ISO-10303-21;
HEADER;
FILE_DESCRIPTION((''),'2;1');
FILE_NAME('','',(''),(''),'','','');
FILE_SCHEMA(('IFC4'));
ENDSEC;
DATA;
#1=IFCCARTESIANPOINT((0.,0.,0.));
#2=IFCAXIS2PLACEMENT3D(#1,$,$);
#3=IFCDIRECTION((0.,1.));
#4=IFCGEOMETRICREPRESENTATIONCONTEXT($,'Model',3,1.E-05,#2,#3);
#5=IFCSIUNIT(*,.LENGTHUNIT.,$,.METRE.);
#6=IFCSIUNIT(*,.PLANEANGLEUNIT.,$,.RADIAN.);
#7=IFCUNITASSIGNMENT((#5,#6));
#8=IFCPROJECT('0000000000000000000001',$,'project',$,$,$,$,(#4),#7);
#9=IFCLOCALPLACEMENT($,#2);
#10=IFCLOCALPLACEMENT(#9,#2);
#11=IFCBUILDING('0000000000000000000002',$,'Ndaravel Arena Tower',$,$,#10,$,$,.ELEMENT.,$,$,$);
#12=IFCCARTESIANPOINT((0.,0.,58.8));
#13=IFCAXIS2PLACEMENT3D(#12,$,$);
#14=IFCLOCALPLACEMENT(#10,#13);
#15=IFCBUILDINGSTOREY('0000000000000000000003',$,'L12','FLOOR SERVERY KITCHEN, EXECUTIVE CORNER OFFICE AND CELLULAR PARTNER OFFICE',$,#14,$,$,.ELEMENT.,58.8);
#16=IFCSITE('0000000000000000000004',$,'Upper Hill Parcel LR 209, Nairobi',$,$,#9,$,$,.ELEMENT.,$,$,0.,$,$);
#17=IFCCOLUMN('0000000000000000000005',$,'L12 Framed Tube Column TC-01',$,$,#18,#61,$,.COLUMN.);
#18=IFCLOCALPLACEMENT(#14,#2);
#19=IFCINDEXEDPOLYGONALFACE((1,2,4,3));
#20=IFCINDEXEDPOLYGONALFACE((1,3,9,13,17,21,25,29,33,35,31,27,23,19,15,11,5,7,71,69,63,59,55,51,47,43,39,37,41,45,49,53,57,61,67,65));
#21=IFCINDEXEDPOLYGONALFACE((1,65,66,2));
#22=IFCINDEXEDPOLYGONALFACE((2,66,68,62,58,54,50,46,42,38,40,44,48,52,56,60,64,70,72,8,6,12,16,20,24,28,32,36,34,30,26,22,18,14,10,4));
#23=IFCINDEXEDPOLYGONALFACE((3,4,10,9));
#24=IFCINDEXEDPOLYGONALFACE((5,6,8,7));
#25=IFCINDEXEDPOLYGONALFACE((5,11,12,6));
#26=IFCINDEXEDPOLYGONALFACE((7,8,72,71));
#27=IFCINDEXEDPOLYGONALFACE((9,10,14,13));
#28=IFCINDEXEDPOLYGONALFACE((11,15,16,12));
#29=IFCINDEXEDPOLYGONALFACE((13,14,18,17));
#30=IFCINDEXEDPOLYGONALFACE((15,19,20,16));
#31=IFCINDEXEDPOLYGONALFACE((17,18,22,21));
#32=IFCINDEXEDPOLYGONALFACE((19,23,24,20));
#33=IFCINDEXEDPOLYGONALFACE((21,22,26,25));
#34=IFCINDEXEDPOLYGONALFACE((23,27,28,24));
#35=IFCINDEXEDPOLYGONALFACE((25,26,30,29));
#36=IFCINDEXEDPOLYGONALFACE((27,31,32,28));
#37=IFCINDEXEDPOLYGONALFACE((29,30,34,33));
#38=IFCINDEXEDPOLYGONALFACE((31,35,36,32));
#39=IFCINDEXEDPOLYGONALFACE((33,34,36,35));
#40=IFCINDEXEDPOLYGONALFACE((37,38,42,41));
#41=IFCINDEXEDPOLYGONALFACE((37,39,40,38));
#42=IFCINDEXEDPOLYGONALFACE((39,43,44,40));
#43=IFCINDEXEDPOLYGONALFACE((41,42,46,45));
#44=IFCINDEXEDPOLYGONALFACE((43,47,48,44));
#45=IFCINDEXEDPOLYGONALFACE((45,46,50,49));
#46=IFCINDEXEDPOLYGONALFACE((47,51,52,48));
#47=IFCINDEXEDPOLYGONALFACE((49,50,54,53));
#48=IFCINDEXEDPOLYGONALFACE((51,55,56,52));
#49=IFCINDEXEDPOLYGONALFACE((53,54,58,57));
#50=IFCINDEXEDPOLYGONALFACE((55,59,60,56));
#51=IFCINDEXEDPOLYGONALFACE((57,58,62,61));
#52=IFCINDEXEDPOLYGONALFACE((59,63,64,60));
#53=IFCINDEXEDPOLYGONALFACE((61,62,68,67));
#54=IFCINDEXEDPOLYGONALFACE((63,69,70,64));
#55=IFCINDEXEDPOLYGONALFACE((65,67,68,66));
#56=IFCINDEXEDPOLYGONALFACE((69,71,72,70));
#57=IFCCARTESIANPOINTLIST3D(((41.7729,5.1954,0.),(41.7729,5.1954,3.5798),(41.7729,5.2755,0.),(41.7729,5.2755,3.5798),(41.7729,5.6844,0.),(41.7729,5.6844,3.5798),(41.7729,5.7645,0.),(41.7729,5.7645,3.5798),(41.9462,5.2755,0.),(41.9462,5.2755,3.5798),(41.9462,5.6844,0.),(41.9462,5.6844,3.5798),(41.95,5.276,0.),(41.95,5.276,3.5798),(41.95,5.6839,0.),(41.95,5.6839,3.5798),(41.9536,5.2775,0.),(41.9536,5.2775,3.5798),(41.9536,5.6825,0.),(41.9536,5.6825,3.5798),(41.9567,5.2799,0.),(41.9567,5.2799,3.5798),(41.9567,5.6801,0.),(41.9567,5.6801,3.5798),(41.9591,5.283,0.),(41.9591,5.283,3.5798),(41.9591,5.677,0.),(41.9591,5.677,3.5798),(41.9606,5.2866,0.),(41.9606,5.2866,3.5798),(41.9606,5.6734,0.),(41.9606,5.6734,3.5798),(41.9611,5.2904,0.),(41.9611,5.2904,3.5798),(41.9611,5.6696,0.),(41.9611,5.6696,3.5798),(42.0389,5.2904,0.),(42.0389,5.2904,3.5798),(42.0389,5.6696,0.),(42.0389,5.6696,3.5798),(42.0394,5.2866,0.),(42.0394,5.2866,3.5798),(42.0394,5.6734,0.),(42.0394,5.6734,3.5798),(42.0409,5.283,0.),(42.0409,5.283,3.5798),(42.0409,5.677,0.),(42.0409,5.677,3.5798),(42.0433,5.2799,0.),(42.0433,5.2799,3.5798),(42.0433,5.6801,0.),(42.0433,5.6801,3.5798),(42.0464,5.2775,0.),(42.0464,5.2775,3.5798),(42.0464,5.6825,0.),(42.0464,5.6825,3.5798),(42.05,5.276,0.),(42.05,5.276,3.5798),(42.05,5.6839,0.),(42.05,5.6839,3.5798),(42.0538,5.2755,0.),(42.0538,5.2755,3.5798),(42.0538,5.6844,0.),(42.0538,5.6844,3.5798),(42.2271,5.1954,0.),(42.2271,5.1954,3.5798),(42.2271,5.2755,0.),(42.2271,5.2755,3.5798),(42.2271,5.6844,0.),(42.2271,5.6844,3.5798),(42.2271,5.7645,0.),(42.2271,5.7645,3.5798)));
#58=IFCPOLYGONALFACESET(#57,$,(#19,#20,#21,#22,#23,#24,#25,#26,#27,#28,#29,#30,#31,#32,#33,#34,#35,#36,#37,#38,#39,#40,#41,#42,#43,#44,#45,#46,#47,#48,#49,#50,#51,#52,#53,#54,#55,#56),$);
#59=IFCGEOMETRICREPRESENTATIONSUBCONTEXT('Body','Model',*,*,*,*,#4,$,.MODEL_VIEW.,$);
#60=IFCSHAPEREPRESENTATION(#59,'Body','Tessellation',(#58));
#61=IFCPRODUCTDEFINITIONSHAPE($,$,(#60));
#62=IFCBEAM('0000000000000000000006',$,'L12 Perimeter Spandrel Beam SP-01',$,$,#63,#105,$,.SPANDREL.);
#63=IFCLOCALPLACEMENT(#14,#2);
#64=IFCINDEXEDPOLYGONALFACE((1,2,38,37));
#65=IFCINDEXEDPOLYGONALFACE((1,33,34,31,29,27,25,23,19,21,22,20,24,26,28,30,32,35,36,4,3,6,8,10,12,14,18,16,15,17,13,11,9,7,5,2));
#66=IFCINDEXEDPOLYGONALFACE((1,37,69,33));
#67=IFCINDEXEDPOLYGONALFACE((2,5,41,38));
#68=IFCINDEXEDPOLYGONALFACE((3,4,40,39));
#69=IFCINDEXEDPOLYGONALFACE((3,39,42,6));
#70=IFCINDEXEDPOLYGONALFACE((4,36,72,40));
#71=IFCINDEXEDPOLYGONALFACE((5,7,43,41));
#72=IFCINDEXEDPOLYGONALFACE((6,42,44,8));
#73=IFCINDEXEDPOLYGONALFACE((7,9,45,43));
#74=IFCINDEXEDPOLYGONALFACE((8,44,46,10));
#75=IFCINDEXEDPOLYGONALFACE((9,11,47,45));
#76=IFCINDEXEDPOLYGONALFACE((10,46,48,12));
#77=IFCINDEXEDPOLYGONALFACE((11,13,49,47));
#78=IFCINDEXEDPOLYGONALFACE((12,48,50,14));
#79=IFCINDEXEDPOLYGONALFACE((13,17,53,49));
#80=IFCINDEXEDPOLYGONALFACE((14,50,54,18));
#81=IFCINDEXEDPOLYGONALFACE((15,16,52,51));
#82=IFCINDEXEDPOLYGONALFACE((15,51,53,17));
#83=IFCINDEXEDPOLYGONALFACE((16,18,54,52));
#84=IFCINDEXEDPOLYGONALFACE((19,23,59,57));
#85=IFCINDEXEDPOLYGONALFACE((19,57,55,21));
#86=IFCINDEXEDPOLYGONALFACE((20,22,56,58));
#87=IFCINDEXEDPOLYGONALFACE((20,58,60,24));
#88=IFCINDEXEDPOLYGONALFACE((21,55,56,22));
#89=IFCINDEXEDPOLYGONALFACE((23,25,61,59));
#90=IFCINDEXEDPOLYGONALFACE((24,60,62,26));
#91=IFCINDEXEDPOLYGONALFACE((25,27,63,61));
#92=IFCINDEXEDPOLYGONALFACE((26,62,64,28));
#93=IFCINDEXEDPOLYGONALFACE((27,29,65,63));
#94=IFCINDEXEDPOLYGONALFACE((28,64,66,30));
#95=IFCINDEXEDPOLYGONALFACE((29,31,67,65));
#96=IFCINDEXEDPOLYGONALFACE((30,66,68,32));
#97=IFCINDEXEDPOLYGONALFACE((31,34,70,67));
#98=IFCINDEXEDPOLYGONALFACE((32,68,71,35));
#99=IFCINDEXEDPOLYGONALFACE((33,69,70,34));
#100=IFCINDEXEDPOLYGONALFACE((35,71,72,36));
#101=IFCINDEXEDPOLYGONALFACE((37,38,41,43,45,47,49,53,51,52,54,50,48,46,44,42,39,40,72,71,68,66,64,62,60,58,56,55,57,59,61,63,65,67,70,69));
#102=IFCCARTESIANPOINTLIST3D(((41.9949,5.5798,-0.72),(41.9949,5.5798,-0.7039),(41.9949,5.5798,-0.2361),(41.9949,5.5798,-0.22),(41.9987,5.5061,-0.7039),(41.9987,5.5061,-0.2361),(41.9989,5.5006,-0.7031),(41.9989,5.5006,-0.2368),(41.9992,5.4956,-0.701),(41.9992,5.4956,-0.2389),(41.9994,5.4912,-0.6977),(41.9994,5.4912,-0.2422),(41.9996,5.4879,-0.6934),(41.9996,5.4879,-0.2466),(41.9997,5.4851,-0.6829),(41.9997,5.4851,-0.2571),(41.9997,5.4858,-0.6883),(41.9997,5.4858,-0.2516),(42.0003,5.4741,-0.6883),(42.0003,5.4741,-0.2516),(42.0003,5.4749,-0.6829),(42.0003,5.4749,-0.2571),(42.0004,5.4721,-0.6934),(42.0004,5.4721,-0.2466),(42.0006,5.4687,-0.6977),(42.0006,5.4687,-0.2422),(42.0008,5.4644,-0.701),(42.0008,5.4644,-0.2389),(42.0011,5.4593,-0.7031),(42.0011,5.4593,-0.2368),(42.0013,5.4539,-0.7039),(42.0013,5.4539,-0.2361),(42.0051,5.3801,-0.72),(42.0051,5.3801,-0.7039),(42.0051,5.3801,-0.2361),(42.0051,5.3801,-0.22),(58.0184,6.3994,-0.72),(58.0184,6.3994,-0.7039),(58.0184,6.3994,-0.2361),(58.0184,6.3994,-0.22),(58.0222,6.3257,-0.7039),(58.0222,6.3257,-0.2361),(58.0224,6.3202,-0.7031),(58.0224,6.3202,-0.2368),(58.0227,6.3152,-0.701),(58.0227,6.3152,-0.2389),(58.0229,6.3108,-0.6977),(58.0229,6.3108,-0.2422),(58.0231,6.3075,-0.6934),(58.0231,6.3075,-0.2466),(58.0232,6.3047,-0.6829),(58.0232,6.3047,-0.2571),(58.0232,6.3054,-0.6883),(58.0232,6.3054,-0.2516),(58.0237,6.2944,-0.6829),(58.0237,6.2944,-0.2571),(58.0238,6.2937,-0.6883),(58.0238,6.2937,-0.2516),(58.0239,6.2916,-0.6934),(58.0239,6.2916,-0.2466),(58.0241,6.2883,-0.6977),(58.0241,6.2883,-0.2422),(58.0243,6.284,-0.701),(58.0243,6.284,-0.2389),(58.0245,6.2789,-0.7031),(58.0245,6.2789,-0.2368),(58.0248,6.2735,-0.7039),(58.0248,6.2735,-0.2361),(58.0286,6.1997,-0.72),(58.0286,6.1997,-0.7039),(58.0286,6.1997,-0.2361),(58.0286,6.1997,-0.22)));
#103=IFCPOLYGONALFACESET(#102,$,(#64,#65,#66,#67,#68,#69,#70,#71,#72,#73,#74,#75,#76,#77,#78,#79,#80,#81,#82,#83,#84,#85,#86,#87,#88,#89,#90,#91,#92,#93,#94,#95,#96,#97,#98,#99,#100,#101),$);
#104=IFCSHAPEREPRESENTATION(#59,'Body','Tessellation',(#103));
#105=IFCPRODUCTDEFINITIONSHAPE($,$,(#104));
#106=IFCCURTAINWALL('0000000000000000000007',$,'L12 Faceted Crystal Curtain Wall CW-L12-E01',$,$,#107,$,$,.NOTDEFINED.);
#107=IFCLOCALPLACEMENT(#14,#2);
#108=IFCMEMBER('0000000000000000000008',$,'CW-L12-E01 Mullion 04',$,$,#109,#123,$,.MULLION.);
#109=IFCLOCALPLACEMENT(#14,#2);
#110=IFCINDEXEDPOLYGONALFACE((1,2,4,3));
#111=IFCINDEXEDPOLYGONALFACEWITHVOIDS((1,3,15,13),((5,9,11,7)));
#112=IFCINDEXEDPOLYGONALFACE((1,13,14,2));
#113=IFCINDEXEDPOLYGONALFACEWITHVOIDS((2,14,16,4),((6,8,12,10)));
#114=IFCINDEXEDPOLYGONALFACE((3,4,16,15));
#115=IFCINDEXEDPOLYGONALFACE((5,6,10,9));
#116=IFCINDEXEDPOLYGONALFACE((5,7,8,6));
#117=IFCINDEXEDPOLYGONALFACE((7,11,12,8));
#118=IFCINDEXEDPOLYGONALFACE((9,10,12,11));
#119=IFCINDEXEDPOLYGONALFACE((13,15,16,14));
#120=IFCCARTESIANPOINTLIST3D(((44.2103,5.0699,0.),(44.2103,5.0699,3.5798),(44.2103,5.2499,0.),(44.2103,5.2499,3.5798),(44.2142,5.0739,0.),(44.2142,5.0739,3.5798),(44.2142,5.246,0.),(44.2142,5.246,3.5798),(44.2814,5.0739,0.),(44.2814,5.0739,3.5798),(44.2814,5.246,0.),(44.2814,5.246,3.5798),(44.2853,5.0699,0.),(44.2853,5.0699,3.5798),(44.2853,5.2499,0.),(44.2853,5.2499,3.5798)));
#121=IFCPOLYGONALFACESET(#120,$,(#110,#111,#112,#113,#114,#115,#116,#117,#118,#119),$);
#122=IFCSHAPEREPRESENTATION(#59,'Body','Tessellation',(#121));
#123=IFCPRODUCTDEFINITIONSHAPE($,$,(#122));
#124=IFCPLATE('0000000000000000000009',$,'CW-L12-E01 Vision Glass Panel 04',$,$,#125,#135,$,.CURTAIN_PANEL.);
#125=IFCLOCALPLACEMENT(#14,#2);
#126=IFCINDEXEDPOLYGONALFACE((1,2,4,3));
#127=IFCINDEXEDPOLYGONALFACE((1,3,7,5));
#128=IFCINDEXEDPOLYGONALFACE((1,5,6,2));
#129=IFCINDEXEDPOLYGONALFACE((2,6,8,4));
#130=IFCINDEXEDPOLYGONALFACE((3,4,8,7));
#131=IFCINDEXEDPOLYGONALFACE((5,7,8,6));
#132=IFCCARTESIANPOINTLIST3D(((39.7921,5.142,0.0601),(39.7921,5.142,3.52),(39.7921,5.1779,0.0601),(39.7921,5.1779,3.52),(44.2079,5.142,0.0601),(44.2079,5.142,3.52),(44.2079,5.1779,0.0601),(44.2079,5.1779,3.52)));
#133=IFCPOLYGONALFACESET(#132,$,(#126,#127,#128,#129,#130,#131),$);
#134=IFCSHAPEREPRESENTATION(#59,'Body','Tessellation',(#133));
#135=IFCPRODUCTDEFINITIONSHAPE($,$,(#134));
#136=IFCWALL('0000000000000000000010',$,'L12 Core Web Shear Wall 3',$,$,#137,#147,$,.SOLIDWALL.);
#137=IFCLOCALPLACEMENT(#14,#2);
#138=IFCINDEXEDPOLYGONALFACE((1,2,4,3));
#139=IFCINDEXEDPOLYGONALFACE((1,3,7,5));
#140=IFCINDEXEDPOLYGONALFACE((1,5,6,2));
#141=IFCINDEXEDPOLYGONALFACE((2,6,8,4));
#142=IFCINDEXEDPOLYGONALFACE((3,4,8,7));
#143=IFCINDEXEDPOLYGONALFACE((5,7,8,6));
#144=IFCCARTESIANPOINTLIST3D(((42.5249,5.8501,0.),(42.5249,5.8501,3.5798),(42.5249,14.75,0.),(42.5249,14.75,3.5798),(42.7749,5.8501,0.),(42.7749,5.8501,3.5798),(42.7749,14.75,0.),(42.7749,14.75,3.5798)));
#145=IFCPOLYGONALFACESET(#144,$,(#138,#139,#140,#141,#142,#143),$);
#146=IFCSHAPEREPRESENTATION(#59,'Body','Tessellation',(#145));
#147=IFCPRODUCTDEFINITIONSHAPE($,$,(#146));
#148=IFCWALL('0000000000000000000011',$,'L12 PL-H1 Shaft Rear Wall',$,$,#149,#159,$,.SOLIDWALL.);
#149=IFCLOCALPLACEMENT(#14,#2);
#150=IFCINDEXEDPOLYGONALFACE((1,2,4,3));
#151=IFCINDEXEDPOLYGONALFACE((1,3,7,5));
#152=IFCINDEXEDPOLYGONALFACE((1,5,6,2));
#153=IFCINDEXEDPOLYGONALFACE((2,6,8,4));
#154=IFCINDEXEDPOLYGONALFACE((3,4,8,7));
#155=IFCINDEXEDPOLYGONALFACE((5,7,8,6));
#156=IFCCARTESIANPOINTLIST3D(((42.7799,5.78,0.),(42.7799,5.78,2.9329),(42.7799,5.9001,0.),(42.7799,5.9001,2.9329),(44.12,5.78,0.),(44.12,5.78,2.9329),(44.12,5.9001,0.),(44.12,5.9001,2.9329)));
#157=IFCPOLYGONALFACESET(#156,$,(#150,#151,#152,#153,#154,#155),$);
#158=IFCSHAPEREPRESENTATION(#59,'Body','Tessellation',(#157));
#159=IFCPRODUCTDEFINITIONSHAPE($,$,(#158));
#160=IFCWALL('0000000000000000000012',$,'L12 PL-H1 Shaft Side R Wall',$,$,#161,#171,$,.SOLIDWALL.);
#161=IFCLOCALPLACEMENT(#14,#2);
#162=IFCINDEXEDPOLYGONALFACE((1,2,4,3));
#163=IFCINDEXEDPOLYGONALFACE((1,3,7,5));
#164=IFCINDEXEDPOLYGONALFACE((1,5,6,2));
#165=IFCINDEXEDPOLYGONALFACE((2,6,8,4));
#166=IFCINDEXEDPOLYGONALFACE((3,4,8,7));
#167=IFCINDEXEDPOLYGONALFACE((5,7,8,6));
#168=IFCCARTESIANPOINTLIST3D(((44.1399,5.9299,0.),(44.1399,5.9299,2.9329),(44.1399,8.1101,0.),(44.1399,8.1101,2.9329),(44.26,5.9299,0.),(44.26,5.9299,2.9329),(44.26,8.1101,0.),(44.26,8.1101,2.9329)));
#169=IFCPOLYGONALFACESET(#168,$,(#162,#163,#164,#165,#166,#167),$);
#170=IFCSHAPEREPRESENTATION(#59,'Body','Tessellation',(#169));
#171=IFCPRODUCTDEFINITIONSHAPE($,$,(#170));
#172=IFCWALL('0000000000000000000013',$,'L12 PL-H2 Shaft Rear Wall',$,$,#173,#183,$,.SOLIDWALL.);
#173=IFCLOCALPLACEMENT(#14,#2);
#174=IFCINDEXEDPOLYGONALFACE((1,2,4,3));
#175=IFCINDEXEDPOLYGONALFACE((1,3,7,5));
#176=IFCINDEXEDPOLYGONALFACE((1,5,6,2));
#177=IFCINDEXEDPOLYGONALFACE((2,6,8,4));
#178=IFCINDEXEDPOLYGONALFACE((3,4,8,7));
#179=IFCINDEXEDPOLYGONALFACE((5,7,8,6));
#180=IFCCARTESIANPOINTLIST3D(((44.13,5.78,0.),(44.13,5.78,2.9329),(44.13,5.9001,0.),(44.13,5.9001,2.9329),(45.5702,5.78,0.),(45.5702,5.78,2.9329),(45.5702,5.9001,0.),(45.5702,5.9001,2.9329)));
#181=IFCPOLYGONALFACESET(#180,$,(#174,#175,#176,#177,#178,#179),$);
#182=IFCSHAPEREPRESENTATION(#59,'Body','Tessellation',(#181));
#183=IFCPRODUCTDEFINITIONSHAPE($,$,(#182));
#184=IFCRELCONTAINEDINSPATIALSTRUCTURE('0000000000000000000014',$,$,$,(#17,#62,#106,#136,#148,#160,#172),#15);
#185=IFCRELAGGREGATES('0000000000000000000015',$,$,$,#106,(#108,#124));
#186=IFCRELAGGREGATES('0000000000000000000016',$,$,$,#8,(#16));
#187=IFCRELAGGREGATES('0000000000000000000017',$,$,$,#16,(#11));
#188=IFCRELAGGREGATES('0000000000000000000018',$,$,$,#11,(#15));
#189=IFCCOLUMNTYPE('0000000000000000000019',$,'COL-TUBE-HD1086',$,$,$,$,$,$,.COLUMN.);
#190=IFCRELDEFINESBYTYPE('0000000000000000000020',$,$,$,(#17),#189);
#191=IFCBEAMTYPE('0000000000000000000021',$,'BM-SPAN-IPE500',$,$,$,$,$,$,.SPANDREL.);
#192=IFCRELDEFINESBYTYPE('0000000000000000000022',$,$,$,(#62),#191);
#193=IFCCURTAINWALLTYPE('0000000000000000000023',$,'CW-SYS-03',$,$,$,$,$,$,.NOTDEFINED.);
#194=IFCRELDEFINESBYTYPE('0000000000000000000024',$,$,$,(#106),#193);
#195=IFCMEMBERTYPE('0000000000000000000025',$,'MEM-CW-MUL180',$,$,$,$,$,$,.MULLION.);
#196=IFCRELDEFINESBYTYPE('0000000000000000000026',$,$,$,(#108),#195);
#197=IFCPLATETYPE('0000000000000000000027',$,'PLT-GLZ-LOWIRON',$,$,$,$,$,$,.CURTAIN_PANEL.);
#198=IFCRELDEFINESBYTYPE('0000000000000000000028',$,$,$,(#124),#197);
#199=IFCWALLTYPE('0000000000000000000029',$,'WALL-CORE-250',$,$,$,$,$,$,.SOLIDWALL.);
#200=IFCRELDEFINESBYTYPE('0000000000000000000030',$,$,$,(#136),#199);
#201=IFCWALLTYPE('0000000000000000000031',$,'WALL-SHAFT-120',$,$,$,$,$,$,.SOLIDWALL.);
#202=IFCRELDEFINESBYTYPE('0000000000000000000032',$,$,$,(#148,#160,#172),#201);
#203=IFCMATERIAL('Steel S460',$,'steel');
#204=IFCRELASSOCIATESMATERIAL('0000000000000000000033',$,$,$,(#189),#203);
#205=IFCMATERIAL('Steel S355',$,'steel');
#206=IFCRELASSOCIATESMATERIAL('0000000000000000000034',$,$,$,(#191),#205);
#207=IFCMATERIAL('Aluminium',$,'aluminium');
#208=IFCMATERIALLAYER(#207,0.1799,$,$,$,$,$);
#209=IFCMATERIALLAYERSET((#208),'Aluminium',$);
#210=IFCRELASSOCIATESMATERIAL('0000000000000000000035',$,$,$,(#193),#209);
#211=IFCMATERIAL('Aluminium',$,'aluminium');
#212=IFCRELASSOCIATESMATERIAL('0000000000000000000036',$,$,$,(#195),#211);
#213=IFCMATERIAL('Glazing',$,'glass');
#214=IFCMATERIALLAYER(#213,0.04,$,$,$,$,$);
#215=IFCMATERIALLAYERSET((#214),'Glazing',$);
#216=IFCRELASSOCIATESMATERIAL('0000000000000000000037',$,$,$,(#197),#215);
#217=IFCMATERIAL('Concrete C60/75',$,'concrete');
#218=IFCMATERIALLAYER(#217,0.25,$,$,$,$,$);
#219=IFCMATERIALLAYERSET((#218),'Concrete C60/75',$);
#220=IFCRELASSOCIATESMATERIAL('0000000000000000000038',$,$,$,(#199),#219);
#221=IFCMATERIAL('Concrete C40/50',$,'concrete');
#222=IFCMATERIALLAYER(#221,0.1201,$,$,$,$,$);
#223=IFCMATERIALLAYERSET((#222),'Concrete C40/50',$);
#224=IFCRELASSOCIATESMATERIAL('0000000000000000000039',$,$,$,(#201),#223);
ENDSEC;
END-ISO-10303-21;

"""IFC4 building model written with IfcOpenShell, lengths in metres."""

from ifc_helpers import new_model, si_unit, direction, frame, frame_2d, origin, origin_2d, place, context, subcontext, project, spatial, rectangle, hollow_rectangle, i_section, extrude, material, layer, layer_set, material_profile, profile_set, type_object, element, aggregate, save


model = new_model("IFC4")

# Units and contexts
model_context = context("Model", 3, precision=1e-05, world=origin(), true_north=direction((0.0, 1.0)))
body_context = subcontext(model_context, "Body", "Model", "MODEL_VIEW")
ifc_project = project(units=[si_unit("LENGTHUNIT", "METRE"), si_unit("PLANEANGLEUNIT", "RADIAN")], contexts=[model_context])

# Site, building, storey
site_placement = place(None, origin())
site = spatial("IfcSite", under=ifc_project, at=site_placement, Name="Upper Hill Parcel LR 209, Nairobi", CompositionType="ELEMENT", RefElevation=0.0)
building_placement = place(site_placement, origin())
building = spatial("IfcBuilding", under=site, at=building_placement, Name="Ndaravel Arena Tower", CompositionType="ELEMENT")
storey_placement = place(building_placement, frame((0.0, 0.0, 58.8)))
storey = spatial("IfcBuildingStorey", under=building, at=storey_placement, Name="L12", Description="FLOOR SERVERY KITCHEN, EXECUTIVE CORNER OFFICE AND CELLULAR PARTNER OFFICE", CompositionType="ELEMENT", Elevation=58.8)

# Column
ifc_material_1 = material(Name="Steel S460", Category="steel")
ifc_material_profile_1 = material_profile(ifc_material_1, i_section(OverallWidth=0.4541, OverallDepth=0.5691, WebThickness=0.0779, FlangeThickness=0.0801, FilletRadius=0.0149, at=origin_2d()), Name="HD 400x1086")
ifc_profile_set_1 = profile_set([ifc_material_profile_1], Name="Steel S460")
column_type = type_object("IfcColumnType", Name="COL-TUBE-HD1086", PredefinedType="COLUMN", material=ifc_profile_set_1)
column_placement = place(storey_placement, frame((42.0, 5.48, 0.0), z_axis=(0.0, 0.0, 1.0), x_axis=(1.0, 0.0, 0.0)))
element("IfcColumn", 1, at=column_placement, inside=storey, type_object=column_type, Name="L12 Framed Tube Column TC-01", PredefinedType="COLUMN", context=body_context, shape_type="SweptSolid", body=[
    extrude(i_section(OverallWidth=0.4541, OverallDepth=0.5691, WebThickness=0.0779, FlangeThickness=0.0801, FilletRadius=0.0149, at=origin_2d()), origin(), (0.0, 0.0, 1.0), 3.5798),
])

# Beam
ifc_material_2 = material(Name="Steel S355", Category="steel")
ifc_material_profile_2 = material_profile(ifc_material_2, i_section(OverallWidth=0.2, OverallDepth=0.5, WebThickness=0.0103, FlangeThickness=0.0161, FilletRadius=0.021, at=origin_2d()), Name="IPE 500")
ifc_profile_set_2 = profile_set([ifc_material_profile_2], Name="Steel S355")
beam_type = type_object("IfcBeamType", Name="BM-SPAN-IPE500", PredefinedType="SPANDREL", material=ifc_profile_set_2)
beam_placement = place(storey_placement, frame((42.0, 5.48, -0.47), z_axis=(0.998694, 0.051082, 0.0), x_axis=(-0.051082, 0.998694, 0.0)))
element("IfcBeam", 2, at=beam_placement, inside=storey, type_object=beam_type, Name="L12 Perimeter Spandrel Beam SP-01", PredefinedType="SPANDREL", context=body_context, shape_type="SweptSolid", body=[
    extrude(i_section(OverallWidth=0.2, OverallDepth=0.5, WebThickness=0.0103, FlangeThickness=0.0161, FilletRadius=0.021, at=origin_2d()), origin(), (0.0, 0.0, 1.0), 16.0444),
])

# Curtain wall, member, plate
ifc_material_3 = material(Name="Aluminium", Category="aluminium")
ifc_layer_1 = layer(ifc_material_3, 0.1799)
ifc_layer_set_1 = layer_set([ifc_layer_1], Name="Aluminium")
curtain_wall_type = type_object("IfcCurtainWallType", Name="CW-SYS-03", PredefinedType="NOTDEFINED", material=ifc_layer_set_1)
curtain_wall_placement = place(storey_placement, origin())
curtain_wall = element("IfcCurtainWall", 3, at=curtain_wall_placement, inside=storey, type_object=curtain_wall_type, Name="L12 Faceted Crystal Curtain Wall CW-L12-E01", PredefinedType="NOTDEFINED")
ifc_material_4 = material(Name="Aluminium", Category="aluminium")
ifc_material_profile_3 = material_profile(ifc_material_4, hollow_rectangle(XDim=0.075, YDim=0.1799, WallThickness=0.0039, at=origin_2d()), Name="CW MULLION 75x180x4")
ifc_profile_set_3 = profile_set([ifc_material_profile_3], Name="Aluminium")
member_type = type_object("IfcMemberType", Name="MEM-CW-MUL180", PredefinedType="MULLION", material=ifc_profile_set_3)
member_placement = place(storey_placement, frame((44.2478, 5.1599, 0.0), z_axis=(0.0, 0.0, 1.0), x_axis=(1.0, 0.0, 0.0)))
member = element("IfcMember", 4, at=member_placement, type_object=member_type, Name="CW-L12-E01 Mullion 04", PredefinedType="MULLION", context=body_context, shape_type="SweptSolid", body=[
    extrude(hollow_rectangle(XDim=0.075, YDim=0.1799, WallThickness=0.0039, at=origin_2d()), origin(), (0.0, 0.0, 1.0), 3.5798),
])
ifc_material_5 = material(Name="Glazing", Category="glass")
ifc_layer_2 = layer(ifc_material_5, 0.04)
ifc_layer_set_2 = layer_set([ifc_layer_2], Name="Glazing")
plate_type = type_object("IfcPlateType", Name="PLT-GLZ-LOWIRON", PredefinedType="CURTAIN_PANEL", material=ifc_layer_set_2)
plate_placement = place(storey_placement, frame((42.0, 5.1599, 0.0601), z_axis=(0.0, 0.0, 1.0), x_axis=(1.0, 0.0, 0.0)))
plate = element("IfcPlate", 5, at=plate_placement, type_object=plate_type, Name="CW-L12-E01 Vision Glass Panel 04", PredefinedType="CURTAIN_PANEL", context=body_context, shape_type="SweptSolid", body=[
    extrude(rectangle(XDim=4.4158, YDim=0.0359, at=origin_2d()), origin(), (0.0, 0.0, 1.0), 3.46),
])
aggregate(curtain_wall, [member, plate])

# Walls
ifc_material_6 = material(Name="Concrete C60/75", Category="concrete")
ifc_layer_3 = layer(ifc_material_6, 0.25)
ifc_layer_set_3 = layer_set([ifc_layer_3], Name="Concrete C60/75")
wall_type_1 = type_object("IfcWallType", Name="WALL-CORE-250", PredefinedType="SOLIDWALL", material=ifc_layer_set_3)
wall_1_placement = place(storey_placement, frame((42.6499, 5.8501, 0.0), z_axis=(0.0, 0.0, 1.0), x_axis=(0.0, 1.0, 0.0)))
element("IfcWall", 6, at=wall_1_placement, inside=storey, type_object=wall_type_1, Name="L12 Core Web Shear Wall 3", PredefinedType="SOLIDWALL", context=body_context, shape_type="SweptSolid", body=[
    extrude(rectangle(XDim=8.8999, YDim=0.25, at=frame_2d((4.45, 0.0))), origin(), (0.0, 0.0, 1.0), 3.5798),
])
ifc_material_7 = material(Name="Concrete C40/50", Category="concrete")
ifc_layer_4 = layer(ifc_material_7, 0.1201)
ifc_layer_set_4 = layer_set([ifc_layer_4], Name="Concrete C40/50")
wall_type_2 = type_object("IfcWallType", Name="WALL-SHAFT-120", PredefinedType="SOLIDWALL", material=ifc_layer_set_4)
wall_2_placement = place(storey_placement, frame((42.78, 5.8401, 0.0), z_axis=(0.0, 0.0, 1.0), x_axis=(1.0, 0.0, 0.0)))
element("IfcWall", 7, at=wall_2_placement, inside=storey, type_object=wall_type_2, Name="L12 PL-H1 Shaft Rear Wall", PredefinedType="SOLIDWALL", context=body_context, shape_type="SweptSolid", body=[
    extrude(rectangle(XDim=1.3401, YDim=0.1201, at=frame_2d((0.6699, 0.0))), origin(), (0.0, 0.0, 1.0), 2.9329),
])
wall_3_placement = place(storey_placement, frame((44.2, 5.9299, 0.0), z_axis=(0.0, 0.0, 1.0), x_axis=(0.0, 1.0, 0.0)))
element("IfcWall", 8, at=wall_3_placement, inside=storey, type_object=wall_type_2, Name="L12 PL-H1 Shaft Side R Wall", PredefinedType="SOLIDWALL", context=body_context, shape_type="SweptSolid", body=[
    extrude(rectangle(XDim=2.1802, YDim=0.1201, at=frame_2d((1.0901, 0.0))), origin(), (0.0, 0.0, 1.0), 2.9329),
])
wall_4_placement = place(storey_placement, frame((44.1299, 5.8401, 0.0), z_axis=(0.0, 0.0, 1.0), x_axis=(1.0, 0.0, 0.0)))
element("IfcWall", 9, at=wall_4_placement, inside=storey, type_object=wall_type_2, Name="L12 PL-H2 Shaft Rear Wall", PredefinedType="SOLIDWALL", context=body_context, shape_type="SweptSolid", body=[
    extrude(rectangle(XDim=1.4402, YDim=0.1201, at=frame_2d((0.7202, 0.0))), origin(), (0.0, 0.0, 1.0), 2.9329),
])

save(model, "model.ifc")
